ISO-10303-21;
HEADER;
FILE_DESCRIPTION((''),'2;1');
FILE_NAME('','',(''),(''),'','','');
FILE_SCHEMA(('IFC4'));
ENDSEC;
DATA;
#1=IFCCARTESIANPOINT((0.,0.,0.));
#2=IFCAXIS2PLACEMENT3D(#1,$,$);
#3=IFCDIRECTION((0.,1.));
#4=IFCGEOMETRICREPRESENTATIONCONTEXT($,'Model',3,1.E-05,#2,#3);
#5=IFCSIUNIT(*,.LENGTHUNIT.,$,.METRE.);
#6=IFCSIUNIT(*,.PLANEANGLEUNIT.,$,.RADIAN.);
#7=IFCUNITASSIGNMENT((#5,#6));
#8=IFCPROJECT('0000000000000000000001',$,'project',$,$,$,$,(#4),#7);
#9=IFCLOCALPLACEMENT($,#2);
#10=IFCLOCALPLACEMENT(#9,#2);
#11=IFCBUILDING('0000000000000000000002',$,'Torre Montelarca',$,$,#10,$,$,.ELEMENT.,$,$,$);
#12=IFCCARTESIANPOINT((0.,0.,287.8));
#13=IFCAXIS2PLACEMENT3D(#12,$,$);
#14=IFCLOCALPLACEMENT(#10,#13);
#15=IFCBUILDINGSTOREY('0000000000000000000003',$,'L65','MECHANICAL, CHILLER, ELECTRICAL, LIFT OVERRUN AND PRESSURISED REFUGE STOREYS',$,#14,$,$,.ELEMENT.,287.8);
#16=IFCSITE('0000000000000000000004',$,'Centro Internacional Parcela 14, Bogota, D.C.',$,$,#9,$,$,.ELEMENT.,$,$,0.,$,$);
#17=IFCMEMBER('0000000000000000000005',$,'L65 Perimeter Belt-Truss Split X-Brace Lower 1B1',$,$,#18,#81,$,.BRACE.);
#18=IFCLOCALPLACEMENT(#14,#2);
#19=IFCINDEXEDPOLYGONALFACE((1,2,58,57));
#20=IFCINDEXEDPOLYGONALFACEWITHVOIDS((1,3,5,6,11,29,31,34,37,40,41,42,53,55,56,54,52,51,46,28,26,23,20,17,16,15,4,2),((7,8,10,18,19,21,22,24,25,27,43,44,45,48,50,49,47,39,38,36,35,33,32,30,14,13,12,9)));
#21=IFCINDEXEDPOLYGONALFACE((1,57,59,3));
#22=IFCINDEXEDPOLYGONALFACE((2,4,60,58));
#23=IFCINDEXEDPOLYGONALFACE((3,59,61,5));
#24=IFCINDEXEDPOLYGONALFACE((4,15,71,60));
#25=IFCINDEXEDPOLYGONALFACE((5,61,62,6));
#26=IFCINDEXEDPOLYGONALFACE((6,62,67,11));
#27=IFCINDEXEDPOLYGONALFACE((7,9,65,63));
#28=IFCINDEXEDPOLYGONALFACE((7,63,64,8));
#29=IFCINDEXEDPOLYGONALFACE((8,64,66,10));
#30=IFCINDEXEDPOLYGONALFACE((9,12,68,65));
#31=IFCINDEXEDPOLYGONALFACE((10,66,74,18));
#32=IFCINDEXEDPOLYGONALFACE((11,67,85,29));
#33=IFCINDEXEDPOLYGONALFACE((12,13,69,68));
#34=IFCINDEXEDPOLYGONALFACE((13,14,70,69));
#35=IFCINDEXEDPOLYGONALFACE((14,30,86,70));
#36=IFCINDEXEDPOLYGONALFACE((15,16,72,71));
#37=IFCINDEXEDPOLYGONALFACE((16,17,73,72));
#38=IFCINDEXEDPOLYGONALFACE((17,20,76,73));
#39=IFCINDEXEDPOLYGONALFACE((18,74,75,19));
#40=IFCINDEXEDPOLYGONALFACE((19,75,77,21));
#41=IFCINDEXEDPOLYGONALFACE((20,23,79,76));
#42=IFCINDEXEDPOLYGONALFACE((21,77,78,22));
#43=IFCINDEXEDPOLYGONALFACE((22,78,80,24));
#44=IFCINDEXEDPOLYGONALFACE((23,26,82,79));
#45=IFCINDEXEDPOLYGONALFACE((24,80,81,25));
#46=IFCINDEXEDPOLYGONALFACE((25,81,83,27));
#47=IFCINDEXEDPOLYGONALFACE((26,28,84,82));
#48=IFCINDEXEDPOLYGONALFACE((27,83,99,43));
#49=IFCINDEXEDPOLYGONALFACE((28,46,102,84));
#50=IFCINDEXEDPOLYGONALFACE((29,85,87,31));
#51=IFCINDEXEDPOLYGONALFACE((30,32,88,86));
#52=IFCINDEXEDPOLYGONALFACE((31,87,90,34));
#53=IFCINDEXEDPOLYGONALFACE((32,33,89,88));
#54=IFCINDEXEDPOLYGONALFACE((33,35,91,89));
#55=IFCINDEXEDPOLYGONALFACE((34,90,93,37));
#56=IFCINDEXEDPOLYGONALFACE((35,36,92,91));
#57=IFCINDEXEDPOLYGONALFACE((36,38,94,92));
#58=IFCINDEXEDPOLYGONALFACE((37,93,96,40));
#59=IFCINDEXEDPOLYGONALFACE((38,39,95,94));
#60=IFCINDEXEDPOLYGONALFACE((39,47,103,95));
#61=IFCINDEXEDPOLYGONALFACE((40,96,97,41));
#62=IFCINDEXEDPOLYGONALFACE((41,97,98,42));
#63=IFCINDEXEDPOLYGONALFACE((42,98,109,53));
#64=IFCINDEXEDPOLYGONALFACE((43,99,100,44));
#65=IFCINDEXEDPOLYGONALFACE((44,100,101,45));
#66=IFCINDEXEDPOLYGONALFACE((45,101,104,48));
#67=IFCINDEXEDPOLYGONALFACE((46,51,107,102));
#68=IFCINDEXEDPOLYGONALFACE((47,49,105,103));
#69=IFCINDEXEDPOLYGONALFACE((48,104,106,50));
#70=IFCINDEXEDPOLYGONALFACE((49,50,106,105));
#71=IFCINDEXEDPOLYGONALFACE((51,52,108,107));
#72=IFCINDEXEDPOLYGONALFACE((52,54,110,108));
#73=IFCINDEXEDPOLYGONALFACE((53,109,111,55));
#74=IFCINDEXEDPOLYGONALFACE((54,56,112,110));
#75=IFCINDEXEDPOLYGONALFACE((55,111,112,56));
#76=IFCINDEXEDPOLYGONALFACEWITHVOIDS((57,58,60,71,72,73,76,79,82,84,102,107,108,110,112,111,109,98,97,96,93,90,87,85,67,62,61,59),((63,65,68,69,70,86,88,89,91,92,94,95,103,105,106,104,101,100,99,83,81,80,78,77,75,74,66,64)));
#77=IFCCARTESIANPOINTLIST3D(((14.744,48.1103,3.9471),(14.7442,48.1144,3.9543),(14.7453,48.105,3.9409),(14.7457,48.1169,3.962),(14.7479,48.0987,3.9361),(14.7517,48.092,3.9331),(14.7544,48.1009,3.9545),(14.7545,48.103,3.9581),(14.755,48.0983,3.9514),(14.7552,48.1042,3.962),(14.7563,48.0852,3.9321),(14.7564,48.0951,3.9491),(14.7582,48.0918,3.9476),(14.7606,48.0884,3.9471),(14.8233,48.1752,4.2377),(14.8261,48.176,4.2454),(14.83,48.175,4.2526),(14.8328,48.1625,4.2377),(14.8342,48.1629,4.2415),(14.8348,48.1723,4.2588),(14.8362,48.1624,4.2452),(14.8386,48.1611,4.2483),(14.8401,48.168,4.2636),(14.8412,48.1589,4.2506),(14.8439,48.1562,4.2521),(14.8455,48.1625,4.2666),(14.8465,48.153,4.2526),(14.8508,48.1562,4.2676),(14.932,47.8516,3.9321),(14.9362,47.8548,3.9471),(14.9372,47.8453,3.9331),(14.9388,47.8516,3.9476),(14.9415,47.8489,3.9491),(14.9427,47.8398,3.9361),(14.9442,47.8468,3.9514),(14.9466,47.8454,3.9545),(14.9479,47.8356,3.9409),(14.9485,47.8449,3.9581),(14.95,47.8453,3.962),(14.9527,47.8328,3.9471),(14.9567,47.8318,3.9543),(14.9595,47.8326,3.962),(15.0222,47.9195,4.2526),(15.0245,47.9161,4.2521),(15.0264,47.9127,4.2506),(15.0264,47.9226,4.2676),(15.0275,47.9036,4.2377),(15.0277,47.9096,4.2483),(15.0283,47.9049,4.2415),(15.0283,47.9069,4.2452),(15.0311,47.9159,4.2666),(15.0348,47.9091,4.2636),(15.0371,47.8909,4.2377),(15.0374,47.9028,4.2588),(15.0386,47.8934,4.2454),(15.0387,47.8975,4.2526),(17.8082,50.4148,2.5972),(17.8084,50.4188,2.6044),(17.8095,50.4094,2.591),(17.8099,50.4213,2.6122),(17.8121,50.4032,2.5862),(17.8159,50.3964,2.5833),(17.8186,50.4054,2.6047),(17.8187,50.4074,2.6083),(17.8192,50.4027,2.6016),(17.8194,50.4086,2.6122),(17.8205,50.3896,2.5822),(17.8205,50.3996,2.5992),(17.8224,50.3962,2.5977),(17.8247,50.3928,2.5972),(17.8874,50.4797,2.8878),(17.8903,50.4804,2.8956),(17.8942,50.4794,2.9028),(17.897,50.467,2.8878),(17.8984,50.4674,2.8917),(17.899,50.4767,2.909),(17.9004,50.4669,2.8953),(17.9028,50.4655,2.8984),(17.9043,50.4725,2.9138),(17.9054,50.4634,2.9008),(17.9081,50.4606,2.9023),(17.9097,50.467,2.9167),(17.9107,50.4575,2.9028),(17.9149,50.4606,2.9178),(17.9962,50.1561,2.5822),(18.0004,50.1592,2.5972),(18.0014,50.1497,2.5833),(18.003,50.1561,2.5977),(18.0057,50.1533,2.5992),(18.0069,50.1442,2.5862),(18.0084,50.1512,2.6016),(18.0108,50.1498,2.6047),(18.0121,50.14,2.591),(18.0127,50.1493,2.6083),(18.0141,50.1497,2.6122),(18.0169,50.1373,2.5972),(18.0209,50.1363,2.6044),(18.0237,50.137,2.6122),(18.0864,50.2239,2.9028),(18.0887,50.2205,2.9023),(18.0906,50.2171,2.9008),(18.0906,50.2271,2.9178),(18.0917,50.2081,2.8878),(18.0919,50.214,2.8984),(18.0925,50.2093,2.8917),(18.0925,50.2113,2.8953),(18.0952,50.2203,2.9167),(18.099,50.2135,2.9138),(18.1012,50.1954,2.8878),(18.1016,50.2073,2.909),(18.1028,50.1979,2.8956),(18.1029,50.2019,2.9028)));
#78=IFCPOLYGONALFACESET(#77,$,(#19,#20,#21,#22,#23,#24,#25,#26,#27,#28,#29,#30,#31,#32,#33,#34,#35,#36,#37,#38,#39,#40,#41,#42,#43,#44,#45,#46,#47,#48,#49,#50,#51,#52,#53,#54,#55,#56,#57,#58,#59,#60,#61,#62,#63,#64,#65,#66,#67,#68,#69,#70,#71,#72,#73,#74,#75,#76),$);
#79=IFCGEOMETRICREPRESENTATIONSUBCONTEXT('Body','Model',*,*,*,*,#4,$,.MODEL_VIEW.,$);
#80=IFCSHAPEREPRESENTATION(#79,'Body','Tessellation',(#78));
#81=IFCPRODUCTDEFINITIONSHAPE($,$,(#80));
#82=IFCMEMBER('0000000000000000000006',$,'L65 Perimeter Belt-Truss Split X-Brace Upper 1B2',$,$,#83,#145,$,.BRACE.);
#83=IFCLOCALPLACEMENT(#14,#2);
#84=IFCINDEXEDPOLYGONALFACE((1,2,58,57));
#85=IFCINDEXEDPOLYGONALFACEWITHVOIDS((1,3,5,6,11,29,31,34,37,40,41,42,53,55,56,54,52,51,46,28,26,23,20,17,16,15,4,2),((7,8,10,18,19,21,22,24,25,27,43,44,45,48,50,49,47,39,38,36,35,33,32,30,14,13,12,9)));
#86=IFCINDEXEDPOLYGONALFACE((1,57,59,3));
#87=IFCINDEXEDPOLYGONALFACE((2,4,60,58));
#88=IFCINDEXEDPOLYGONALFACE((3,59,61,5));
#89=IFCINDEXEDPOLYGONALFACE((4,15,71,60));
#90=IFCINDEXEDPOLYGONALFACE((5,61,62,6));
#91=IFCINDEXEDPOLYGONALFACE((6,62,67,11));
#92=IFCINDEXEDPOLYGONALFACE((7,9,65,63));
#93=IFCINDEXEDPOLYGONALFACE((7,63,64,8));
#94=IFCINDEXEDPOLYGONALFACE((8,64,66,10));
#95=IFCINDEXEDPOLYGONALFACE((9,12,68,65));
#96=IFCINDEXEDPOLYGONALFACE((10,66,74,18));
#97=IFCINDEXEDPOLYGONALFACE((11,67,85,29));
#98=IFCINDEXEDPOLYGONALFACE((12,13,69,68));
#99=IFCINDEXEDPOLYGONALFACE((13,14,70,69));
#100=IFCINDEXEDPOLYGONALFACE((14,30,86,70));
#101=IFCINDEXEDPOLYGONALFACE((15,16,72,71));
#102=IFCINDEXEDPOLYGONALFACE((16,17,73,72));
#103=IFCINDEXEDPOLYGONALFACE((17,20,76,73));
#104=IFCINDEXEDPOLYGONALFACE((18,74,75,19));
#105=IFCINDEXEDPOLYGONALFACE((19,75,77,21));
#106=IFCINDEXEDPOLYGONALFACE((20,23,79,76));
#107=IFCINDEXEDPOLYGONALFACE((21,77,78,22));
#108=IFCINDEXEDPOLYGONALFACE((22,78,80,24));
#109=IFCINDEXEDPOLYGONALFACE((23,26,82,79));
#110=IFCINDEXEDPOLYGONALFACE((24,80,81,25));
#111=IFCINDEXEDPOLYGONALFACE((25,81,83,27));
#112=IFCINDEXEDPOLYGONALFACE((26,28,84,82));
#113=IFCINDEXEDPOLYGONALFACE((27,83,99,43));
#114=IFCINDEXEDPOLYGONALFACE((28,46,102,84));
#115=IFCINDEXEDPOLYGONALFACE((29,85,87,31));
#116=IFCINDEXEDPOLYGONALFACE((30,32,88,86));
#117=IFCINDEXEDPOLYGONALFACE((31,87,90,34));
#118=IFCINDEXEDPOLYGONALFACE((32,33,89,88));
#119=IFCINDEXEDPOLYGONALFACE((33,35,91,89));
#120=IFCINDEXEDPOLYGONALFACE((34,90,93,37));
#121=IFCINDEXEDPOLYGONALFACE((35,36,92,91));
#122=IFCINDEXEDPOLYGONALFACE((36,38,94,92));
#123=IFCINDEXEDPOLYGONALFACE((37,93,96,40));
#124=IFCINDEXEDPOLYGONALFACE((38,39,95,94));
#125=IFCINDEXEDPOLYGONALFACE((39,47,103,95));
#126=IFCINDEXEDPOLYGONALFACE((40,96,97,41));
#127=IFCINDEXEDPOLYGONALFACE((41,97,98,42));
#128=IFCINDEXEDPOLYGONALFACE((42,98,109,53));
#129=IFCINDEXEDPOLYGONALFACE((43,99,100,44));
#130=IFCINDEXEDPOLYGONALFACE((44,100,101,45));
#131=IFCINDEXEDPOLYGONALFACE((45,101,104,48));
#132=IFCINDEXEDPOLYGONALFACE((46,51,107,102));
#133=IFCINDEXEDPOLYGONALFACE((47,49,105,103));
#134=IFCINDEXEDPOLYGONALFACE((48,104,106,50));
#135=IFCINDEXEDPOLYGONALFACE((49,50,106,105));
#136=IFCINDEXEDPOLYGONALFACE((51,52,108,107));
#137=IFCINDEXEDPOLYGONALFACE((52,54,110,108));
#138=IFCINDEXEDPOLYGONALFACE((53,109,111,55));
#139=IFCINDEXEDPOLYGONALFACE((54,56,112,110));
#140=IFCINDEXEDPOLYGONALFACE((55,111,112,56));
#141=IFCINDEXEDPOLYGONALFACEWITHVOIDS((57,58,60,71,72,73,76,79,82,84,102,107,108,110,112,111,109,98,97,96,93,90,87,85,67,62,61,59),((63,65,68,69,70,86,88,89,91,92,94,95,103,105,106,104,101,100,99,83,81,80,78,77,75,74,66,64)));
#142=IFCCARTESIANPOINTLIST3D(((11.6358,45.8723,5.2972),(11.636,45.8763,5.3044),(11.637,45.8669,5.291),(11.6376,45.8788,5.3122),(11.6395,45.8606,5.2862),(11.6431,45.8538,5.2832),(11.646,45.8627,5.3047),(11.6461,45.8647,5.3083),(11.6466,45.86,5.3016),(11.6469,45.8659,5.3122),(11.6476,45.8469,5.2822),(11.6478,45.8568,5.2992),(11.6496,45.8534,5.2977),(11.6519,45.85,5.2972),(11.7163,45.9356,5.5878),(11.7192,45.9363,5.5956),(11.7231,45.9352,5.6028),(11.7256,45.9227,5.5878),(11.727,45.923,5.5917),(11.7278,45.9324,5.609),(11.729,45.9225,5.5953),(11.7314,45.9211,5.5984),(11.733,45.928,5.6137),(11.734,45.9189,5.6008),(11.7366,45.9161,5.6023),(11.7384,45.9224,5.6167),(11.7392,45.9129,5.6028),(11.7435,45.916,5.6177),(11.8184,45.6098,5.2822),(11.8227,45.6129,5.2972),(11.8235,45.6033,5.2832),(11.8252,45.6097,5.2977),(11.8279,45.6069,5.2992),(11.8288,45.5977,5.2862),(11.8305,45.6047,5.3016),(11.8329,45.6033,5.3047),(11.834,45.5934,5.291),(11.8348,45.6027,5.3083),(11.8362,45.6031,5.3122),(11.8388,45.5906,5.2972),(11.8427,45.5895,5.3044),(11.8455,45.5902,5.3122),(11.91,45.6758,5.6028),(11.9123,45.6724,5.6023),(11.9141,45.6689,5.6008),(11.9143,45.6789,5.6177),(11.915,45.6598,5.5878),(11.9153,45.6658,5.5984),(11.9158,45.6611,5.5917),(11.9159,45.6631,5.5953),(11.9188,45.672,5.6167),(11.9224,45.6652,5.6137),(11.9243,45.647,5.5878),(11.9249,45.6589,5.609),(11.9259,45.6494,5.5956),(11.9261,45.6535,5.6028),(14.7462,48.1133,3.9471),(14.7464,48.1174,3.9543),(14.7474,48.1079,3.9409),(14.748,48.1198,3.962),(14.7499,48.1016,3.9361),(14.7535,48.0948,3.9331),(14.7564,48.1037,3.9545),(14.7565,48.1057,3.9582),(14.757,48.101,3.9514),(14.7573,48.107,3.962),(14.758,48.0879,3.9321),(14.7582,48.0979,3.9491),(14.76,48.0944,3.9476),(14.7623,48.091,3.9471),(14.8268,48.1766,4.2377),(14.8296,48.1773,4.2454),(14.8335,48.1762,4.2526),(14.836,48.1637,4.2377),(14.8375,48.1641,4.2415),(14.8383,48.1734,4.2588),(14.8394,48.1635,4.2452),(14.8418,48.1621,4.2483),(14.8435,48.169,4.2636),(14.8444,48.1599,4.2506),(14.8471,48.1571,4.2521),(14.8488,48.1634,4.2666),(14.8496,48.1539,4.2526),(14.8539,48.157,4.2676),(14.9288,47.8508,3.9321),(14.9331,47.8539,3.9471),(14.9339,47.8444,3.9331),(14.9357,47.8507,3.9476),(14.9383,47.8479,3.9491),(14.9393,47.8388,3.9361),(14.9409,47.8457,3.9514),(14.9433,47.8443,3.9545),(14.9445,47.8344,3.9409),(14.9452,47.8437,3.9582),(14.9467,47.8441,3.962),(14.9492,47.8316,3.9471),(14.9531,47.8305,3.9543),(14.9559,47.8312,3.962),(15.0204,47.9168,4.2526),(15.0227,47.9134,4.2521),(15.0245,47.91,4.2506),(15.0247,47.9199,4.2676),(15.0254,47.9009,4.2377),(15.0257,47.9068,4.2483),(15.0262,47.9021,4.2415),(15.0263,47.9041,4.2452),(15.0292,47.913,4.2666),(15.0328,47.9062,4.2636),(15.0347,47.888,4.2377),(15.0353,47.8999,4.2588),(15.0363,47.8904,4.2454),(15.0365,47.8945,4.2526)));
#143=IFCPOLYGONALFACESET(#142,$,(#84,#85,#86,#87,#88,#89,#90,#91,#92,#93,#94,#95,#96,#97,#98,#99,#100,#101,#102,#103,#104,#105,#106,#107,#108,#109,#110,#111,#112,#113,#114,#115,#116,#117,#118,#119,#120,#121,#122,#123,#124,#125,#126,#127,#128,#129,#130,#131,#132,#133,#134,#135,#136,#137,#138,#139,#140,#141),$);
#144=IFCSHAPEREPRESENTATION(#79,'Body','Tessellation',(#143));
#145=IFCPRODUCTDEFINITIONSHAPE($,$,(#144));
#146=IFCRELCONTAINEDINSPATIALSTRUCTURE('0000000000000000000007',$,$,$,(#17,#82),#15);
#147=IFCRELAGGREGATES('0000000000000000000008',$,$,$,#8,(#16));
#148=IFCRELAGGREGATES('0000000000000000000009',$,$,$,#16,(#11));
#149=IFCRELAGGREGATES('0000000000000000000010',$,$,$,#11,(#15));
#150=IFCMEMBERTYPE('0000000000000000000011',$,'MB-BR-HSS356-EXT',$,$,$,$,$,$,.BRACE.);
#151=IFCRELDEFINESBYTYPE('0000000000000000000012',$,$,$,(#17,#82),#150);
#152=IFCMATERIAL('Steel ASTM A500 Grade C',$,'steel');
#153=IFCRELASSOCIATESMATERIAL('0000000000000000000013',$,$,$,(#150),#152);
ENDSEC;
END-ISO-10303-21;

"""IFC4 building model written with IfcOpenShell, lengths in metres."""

from ifc_helpers import new_model, si_unit, direction, frame, origin, origin_2d, place, context, subcontext, project, spatial, hollow_rectangle, extrude, source, transform, mapped, material, material_profile, profile_set, type_object, element, save


model = new_model("IFC4")

# Units and contexts
model_context = context("Model", 3, precision=1e-05, world=origin(), true_north=direction((0.0, 1.0)))
body_context = subcontext(model_context, "Body", "Model", "MODEL_VIEW")
ifc_project = project(units=[si_unit("LENGTHUNIT", "METRE"), si_unit("PLANEANGLEUNIT", "RADIAN")], contexts=[model_context])

# Site, building, storey
site_placement = place(None, origin())
site = spatial("IfcSite", under=ifc_project, at=site_placement, Name="Centro Internacional Parcela 14, Bogota, D.C.", CompositionType="ELEMENT", RefElevation=0.0)
building_placement = place(site_placement, origin())
building = spatial("IfcBuilding", under=site, at=building_placement, Name="Torre Montelarca", CompositionType="ELEMENT")
storey_placement = place(building_placement, frame((0.0, 0.0, 287.8)))
storey = spatial("IfcBuildingStorey", under=building, at=storey_placement, Name="L65", Description="MECHANICAL, CHILLER, ELECTRICAL, LIFT OVERRUN AND PRESSURISED REFUGE STOREYS", CompositionType="ELEMENT", Elevation=287.8)

# Shared definitions
ifc_material_1 = material(Name="Steel ASTM A500 Grade C", Category="steel")

# Members
ifc_material_profile_1 = material_profile(ifc_material_1, hollow_rectangle(XDim=0.3557, YDim=0.3557, WallThickness=0.0159, InnerFilletRadius=0.0159, OuterFilletRadius=0.0317, at=origin_2d()), Name="HSS356X356X15.9", Category="steel")
ifc_profile_set_1 = profile_set([ifc_material_profile_1], Name="Steel ASTM A500 Grade C")
member_type_1 = type_object("IfcMemberType", Name="MB-BR-HSS356-EXT", PredefinedType="BRACE", material=ifc_profile_set_1)
shared_shape_1 = source(origin(), body_context, "Body", "SweptSolid", [
    extrude(hollow_rectangle(XDim=0.3557, YDim=0.3557, WallThickness=0.0159, InnerFilletRadius=0.0159, OuterFilletRadius=0.0317, at=origin_2d()), origin(), (0.0, 0.0, 1.0), 4.0647),
])
member_1_placement = place(storey_placement, frame((17.9556, 50.3083, 2.75), z_axis=(-0.753855, -0.566938, 0.33209), x_axis=(0.601049, -0.799212, 0.0)))
element("IfcMember", 1, at=member_1_placement, inside=storey, type_object=member_type_1, Name="L65 Perimeter Belt-Truss Split X-Brace Lower 1B1", PredefinedType="BRACE", context=body_context, shape_type="MappedRepresentation", body=[
    mapped(shared_shape_1, transform((0.0, 0.0, 0.0), scale=1.0)),
])
shared_shape_2 = source(origin(), body_context, "Body", "SweptSolid", [
    extrude(hollow_rectangle(XDim=0.3557, YDim=0.3557, WallThickness=0.0159, InnerFilletRadius=0.0159, OuterFilletRadius=0.0317, at=origin_2d()), origin(), (0.0, 0.0, 1.0), 4.0645),
])
member_2_placement = place(storey_placement, frame((14.8914, 48.0039, 4.0999), z_axis=(-0.765276, -0.551371, 0.33218), x_axis=(0.584565, -0.811347, 0.0)))
element("IfcMember", 2, at=member_2_placement, inside=storey, type_object=member_type_1, Name="L65 Perimeter Belt-Truss Split X-Brace Upper 1B2", PredefinedType="BRACE", context=body_context, shape_type="MappedRepresentation", body=[
    mapped(shared_shape_2, transform((0.0, 0.0, 0.0), scale=1.0)),
])

save(model, "model.ifc")
